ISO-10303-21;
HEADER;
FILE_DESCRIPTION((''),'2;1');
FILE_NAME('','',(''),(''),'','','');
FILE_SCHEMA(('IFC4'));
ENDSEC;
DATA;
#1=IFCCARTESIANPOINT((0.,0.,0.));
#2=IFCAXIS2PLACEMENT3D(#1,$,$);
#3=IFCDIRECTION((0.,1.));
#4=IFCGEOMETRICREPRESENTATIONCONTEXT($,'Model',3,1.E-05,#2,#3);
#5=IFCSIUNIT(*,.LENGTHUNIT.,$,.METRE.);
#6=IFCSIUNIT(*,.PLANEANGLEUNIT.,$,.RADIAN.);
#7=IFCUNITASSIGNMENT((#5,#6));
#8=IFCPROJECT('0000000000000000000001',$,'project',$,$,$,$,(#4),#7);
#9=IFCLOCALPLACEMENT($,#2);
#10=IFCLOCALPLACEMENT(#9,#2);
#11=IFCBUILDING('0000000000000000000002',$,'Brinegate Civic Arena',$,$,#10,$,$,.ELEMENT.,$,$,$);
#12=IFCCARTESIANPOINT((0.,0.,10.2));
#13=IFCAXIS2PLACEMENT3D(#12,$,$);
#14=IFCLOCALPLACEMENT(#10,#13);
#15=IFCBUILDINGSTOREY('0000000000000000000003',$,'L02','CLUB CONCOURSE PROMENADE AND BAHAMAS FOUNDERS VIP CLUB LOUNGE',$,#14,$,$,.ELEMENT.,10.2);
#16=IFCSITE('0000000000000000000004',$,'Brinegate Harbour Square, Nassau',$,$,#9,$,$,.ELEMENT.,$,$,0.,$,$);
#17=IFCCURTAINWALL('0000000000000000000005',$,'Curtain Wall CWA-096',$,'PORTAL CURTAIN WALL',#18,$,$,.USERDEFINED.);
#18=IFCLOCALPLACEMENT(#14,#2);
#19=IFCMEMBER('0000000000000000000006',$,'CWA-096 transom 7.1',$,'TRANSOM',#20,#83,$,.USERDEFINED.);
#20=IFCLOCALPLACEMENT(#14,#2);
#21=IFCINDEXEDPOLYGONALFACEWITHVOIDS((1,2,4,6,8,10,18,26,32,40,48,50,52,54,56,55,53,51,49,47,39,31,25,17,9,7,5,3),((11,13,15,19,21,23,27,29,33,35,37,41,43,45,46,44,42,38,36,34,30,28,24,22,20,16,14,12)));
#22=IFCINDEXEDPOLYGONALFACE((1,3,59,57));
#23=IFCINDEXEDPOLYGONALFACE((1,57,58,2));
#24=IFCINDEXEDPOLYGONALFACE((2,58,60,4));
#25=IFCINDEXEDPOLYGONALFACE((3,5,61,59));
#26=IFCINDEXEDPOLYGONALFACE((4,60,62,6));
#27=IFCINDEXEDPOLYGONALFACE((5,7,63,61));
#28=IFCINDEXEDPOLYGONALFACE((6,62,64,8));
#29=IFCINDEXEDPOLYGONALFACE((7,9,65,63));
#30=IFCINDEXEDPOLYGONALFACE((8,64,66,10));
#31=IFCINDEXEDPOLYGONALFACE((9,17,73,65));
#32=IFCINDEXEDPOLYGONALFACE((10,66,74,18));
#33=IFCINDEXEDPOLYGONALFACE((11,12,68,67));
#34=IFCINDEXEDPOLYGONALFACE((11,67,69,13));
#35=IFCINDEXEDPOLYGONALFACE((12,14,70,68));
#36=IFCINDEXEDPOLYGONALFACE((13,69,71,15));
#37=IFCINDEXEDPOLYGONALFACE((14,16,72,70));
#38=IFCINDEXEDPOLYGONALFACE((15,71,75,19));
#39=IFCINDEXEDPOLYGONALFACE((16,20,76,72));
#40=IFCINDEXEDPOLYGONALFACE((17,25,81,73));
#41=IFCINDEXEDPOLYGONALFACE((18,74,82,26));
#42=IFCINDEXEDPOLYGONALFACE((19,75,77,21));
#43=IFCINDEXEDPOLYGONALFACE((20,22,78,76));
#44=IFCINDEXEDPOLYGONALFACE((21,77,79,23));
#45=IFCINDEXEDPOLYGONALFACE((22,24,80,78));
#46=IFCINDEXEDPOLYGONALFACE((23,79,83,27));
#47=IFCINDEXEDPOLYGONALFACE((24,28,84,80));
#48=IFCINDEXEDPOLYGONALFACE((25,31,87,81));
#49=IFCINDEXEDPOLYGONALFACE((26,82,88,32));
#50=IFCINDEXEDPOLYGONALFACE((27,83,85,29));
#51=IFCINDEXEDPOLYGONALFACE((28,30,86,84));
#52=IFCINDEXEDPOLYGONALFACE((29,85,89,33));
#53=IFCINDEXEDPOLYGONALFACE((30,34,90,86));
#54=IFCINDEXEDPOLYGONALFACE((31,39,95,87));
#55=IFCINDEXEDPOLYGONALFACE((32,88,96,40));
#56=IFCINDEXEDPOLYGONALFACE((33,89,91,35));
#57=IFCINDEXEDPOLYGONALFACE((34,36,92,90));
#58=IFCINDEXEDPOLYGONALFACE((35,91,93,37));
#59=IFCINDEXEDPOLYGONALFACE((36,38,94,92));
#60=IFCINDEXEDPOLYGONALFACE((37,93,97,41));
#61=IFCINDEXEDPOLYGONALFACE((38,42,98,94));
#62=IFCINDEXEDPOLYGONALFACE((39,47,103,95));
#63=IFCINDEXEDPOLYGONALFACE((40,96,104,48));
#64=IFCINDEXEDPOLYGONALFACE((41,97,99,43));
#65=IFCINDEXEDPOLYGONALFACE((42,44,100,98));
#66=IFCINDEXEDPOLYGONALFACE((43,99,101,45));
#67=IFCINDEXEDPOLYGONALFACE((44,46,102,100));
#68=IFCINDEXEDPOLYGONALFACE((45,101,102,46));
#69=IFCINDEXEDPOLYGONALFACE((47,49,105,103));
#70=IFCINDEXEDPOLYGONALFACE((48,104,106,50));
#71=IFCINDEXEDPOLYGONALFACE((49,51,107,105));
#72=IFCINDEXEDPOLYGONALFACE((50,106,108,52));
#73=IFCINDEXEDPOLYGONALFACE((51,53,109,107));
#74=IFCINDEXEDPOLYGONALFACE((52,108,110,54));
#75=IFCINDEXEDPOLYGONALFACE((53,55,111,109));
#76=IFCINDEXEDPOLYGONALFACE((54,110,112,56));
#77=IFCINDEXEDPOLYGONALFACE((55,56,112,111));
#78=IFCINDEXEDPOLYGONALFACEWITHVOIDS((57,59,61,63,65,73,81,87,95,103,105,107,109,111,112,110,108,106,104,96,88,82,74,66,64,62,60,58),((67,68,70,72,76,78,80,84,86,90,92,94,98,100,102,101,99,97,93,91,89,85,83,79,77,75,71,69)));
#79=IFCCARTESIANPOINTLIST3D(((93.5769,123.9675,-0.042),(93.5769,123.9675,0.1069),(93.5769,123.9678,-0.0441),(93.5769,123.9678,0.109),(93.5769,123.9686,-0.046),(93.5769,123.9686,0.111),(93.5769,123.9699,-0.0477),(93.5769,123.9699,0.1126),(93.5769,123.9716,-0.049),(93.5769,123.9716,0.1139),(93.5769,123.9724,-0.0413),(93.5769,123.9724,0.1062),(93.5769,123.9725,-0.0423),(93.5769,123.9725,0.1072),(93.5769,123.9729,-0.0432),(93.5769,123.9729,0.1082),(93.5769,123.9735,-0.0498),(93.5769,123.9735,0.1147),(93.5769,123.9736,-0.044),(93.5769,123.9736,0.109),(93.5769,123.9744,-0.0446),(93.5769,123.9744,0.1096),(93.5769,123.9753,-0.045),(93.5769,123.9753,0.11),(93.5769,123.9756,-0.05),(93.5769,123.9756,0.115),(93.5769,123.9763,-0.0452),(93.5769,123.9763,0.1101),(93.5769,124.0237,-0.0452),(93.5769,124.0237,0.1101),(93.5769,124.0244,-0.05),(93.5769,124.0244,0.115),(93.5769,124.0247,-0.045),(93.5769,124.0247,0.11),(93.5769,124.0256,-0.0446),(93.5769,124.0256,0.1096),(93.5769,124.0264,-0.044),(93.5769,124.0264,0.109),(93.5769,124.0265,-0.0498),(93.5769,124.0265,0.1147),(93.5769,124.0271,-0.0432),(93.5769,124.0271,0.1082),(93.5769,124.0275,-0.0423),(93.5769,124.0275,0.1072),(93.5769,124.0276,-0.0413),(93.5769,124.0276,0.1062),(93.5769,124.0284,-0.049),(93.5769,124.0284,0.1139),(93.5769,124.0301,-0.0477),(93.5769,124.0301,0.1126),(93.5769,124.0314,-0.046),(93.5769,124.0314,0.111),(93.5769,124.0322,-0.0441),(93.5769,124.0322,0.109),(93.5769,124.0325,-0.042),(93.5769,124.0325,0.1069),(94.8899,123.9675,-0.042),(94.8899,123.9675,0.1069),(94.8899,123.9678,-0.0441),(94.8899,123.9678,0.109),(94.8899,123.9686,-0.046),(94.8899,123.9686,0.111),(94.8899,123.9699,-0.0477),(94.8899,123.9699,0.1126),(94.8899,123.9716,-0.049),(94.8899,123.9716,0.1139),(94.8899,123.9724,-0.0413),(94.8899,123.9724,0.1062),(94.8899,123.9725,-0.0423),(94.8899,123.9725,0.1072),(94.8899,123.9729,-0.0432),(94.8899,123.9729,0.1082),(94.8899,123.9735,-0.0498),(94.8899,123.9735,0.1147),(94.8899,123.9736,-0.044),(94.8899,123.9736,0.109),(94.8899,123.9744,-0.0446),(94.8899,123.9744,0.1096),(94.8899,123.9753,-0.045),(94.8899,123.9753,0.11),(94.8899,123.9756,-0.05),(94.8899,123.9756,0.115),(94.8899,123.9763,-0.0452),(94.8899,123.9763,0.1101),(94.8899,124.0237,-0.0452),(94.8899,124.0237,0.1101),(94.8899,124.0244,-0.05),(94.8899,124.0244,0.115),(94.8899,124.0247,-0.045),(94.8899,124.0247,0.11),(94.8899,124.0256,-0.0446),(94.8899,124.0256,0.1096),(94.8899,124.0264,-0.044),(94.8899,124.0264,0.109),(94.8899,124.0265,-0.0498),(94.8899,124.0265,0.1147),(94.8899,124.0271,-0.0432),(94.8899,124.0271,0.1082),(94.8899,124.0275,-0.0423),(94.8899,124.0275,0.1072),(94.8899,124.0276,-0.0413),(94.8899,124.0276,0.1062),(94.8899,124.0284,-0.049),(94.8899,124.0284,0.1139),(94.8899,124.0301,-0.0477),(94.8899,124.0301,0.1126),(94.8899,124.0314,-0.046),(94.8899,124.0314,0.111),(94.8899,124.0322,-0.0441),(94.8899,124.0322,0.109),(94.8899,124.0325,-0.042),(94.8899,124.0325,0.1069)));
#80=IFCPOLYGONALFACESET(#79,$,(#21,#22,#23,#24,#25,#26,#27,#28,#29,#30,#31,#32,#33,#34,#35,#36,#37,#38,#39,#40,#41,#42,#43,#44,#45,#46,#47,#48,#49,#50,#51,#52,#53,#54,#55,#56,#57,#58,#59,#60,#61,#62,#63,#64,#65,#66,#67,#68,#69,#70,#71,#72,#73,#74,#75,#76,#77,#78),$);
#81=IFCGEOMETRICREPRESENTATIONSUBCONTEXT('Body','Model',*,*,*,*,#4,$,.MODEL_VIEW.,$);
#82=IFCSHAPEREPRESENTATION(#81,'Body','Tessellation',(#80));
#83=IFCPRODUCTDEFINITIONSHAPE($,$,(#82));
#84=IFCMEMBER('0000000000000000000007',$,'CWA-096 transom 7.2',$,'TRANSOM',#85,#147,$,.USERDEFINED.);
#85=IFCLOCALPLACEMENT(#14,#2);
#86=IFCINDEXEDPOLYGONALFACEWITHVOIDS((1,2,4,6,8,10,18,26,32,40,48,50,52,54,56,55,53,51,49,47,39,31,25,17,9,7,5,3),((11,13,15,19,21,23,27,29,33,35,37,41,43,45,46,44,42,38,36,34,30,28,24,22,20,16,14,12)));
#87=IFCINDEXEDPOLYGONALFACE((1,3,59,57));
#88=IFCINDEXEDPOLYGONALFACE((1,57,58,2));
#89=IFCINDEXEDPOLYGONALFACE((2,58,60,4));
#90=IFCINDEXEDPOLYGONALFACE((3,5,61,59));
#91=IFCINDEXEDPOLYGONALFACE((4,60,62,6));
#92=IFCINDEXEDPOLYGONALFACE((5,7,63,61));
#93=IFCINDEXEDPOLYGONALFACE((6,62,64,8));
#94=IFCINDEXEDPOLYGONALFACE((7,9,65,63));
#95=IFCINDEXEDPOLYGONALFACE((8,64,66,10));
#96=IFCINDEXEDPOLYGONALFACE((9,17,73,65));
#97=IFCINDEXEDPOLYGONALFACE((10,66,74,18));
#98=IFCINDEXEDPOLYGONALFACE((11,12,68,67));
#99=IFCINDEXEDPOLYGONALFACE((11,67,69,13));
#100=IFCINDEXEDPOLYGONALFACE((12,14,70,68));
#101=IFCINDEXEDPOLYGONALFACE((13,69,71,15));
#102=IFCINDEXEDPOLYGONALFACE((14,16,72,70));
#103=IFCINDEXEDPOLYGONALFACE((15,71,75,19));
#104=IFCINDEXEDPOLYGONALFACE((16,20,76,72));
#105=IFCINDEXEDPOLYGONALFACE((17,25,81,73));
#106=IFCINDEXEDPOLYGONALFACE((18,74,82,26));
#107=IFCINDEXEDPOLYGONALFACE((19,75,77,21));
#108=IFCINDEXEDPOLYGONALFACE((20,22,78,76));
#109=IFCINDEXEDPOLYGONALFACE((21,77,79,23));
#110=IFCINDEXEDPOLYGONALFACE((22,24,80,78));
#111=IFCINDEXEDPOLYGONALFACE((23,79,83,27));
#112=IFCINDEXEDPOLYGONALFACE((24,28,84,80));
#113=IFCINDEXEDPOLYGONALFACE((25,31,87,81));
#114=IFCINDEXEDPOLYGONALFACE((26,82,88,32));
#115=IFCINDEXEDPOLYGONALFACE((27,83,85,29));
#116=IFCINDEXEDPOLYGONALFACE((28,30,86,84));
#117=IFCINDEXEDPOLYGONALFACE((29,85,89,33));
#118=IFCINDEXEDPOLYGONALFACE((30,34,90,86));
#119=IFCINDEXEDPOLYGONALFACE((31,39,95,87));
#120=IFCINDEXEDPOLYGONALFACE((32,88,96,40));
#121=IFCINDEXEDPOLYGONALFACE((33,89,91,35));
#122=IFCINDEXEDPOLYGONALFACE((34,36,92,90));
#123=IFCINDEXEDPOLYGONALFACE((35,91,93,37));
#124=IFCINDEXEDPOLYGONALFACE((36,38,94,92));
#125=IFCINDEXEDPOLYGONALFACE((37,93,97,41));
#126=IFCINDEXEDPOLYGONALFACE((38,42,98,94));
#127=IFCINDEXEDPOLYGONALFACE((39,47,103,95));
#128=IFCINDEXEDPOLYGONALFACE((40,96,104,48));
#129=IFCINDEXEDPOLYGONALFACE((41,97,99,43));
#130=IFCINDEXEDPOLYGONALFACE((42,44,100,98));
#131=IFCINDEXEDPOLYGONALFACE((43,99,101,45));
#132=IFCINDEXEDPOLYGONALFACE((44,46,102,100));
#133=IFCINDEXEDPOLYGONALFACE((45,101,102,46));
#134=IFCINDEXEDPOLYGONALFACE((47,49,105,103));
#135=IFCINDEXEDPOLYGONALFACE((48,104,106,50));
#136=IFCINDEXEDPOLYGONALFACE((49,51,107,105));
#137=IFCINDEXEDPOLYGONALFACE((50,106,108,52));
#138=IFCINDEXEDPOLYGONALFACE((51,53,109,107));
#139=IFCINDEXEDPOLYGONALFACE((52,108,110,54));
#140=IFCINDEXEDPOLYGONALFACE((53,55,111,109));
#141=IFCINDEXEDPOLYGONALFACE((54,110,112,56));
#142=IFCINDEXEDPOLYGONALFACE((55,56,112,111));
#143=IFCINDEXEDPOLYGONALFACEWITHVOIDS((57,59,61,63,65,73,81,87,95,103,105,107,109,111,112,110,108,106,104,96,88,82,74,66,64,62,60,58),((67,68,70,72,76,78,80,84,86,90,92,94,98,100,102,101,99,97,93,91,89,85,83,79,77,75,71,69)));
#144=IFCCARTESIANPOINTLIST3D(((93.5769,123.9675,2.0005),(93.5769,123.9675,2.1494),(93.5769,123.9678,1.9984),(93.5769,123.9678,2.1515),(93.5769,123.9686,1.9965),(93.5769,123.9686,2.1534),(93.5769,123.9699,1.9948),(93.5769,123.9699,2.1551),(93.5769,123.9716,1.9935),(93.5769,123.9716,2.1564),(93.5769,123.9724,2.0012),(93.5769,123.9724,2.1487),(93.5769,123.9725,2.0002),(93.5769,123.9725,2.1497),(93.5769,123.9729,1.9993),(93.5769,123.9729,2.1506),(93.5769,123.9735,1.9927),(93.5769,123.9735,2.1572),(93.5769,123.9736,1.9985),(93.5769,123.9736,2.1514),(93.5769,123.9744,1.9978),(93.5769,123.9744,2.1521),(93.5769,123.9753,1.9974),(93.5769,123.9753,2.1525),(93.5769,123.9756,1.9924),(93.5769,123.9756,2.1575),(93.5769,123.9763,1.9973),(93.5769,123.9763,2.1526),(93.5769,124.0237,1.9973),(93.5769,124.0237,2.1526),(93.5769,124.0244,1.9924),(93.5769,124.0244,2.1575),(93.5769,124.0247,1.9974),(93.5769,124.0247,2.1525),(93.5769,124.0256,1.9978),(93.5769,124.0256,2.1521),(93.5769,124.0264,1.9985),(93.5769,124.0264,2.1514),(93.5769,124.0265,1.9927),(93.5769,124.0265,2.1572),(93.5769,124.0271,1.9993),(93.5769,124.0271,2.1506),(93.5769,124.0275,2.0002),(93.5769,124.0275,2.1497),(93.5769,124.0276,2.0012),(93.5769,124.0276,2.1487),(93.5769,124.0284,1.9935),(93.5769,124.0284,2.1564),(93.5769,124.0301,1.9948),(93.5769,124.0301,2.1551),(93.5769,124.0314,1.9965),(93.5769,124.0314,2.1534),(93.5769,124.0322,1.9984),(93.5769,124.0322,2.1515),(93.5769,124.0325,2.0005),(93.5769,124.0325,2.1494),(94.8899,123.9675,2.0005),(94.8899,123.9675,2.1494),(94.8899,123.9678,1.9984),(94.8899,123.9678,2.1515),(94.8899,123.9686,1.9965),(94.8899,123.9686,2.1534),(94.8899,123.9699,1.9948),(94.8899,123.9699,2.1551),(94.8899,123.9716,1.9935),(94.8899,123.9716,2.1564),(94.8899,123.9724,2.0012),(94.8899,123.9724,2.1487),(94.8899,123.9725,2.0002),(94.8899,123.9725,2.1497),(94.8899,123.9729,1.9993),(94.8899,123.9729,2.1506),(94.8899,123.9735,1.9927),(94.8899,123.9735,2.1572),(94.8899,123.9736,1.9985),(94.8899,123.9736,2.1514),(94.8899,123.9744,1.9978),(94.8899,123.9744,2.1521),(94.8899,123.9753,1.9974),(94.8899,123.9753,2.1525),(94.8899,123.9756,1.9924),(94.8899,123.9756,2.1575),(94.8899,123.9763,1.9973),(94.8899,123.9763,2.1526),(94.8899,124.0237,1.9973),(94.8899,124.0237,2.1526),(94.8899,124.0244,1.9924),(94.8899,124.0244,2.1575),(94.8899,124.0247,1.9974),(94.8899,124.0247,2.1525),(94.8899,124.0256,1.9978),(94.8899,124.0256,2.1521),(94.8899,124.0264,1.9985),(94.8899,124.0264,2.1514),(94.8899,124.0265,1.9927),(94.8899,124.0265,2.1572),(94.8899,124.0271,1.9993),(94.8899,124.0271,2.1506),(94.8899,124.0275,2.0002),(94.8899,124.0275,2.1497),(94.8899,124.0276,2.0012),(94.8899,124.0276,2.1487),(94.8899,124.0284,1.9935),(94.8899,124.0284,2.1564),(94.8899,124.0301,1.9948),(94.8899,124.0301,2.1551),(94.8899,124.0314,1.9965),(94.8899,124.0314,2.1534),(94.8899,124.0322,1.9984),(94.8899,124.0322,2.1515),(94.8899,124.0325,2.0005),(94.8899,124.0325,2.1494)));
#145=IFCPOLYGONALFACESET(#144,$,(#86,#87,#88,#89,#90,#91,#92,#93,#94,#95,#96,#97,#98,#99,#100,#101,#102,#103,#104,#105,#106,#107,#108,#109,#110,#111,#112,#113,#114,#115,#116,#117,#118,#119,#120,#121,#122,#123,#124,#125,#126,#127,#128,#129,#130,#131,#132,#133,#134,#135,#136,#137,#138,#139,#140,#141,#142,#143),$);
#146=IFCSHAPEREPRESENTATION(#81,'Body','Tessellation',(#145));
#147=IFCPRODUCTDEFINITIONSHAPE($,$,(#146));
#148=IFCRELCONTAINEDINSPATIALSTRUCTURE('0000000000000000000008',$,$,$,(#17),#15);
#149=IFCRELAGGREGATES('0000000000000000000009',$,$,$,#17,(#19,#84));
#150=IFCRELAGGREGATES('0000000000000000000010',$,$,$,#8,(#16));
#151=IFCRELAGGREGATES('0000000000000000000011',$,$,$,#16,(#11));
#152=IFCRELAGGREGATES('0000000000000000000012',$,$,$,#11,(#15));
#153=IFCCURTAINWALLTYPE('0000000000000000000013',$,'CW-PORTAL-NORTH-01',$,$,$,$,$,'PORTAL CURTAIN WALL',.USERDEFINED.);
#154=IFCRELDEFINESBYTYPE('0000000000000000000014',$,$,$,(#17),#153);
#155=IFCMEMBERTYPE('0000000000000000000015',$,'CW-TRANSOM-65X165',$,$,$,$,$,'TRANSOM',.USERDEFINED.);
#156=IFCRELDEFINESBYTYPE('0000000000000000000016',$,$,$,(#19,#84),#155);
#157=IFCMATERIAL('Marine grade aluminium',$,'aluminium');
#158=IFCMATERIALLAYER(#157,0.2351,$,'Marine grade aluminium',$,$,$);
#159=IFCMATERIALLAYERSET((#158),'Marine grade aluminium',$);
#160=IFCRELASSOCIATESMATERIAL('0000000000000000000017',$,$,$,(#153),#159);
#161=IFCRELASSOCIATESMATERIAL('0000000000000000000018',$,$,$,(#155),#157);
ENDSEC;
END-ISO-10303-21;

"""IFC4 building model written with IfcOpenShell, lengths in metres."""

from ifc_helpers import new_model, si_unit, direction, frame, origin, origin_2d, place, context, subcontext, project, spatial, hollow_rectangle, extrude, material, layer, layer_set, material_profile, profile_set, type_object, element, aggregate, save


model = new_model("IFC4")

# Units and contexts
model_context = context("Model", 3, precision=1e-05, world=origin(), true_north=direction((0.0, 1.0)))
body_context = subcontext(model_context, "Body", "Model", "MODEL_VIEW")
ifc_project = project(units=[si_unit("LENGTHUNIT", "METRE"), si_unit("PLANEANGLEUNIT", "RADIAN")], contexts=[model_context])

# Site, building, storey
site_placement = place(None, origin())
site = spatial("IfcSite", under=ifc_project, at=site_placement, Name="Brinegate Harbour Square, Nassau", CompositionType="ELEMENT", RefElevation=0.0)
building_placement = place(site_placement, origin())
building = spatial("IfcBuilding", under=site, at=building_placement, Name="Brinegate Civic Arena", CompositionType="ELEMENT")
storey_placement = place(building_placement, frame((0.0, 0.0, 10.2)))
storey = spatial("IfcBuildingStorey", under=building, at=storey_placement, Name="L02", Description="CLUB CONCOURSE PROMENADE AND BAHAMAS FOUNDERS VIP CLUB LOUNGE", CompositionType="ELEMENT", Elevation=10.2)

# Curtain wall
ifc_material_1 = material(Name="Marine grade aluminium", Category="aluminium")
ifc_layer_1 = layer(ifc_material_1, 0.2351, Name="Marine grade aluminium")
ifc_layer_set_1 = layer_set([ifc_layer_1], Name="Marine grade aluminium")
curtain_wall_type = type_object("IfcCurtainWallType", Name="CW-PORTAL-NORTH-01", ElementType="PORTAL CURTAIN WALL", PredefinedType="USERDEFINED", material=ifc_layer_set_1)
curtain_wall_1_placement = place(storey_placement, origin())
curtain_wall_1 = element("IfcCurtainWall", 1, at=curtain_wall_1_placement, inside=storey, type_object=curtain_wall_type, Name="Curtain Wall CWA-096", ObjectType="PORTAL CURTAIN WALL", PredefinedType="USERDEFINED")

# Members
ifc_material_profile_1 = material_profile(ifc_material_1, hollow_rectangle(XDim=0.0649, YDim=0.165, WallThickness=0.0049, InnerFilletRadius=0.0039, OuterFilletRadius=0.0081, at=origin_2d()), Name="TRN65X165")
ifc_profile_set_1 = profile_set([ifc_material_profile_1], Name="Marine grade aluminium")
member_type_1 = type_object("IfcMemberType", Name="CW-TRANSOM-65X165", ElementType="TRANSOM", PredefinedType="USERDEFINED", material=ifc_profile_set_1)
member_1_placement = place(storey_placement, frame((93.5769, 124.0, 0.0325), z_axis=(1.0, 0.0, 0.0), x_axis=(0.0, 1.0, 0.0)))
member_1 = element("IfcMember", 2, at=member_1_placement, type_object=member_type_1, Name="CWA-096 transom 7.1", ObjectType="TRANSOM", PredefinedType="USERDEFINED", context=body_context, shape_type="SweptSolid", body=[
    extrude(hollow_rectangle(XDim=0.0649, YDim=0.165, WallThickness=0.0049, InnerFilletRadius=0.0039, OuterFilletRadius=0.0081, at=origin_2d()), origin(), (0.0, 0.0, 1.0), 1.313),
])
member_2_placement = place(storey_placement, frame((93.5769, 124.0, 2.075), z_axis=(1.0, 0.0, 0.0), x_axis=(0.0, 1.0, 0.0)))
member_2 = element("IfcMember", 3, at=member_2_placement, type_object=member_type_1, Name="CWA-096 transom 7.2", ObjectType="TRANSOM", PredefinedType="USERDEFINED", context=body_context, shape_type="SweptSolid", body=[
    extrude(hollow_rectangle(XDim=0.0649, YDim=0.165, WallThickness=0.0049, InnerFilletRadius=0.0039, OuterFilletRadius=0.0081, at=origin_2d()), origin(), (0.0, 0.0, 1.0), 1.313),
])

aggregate(curtain_wall_1, [member_1, member_2])

save(model, "model.ifc")
